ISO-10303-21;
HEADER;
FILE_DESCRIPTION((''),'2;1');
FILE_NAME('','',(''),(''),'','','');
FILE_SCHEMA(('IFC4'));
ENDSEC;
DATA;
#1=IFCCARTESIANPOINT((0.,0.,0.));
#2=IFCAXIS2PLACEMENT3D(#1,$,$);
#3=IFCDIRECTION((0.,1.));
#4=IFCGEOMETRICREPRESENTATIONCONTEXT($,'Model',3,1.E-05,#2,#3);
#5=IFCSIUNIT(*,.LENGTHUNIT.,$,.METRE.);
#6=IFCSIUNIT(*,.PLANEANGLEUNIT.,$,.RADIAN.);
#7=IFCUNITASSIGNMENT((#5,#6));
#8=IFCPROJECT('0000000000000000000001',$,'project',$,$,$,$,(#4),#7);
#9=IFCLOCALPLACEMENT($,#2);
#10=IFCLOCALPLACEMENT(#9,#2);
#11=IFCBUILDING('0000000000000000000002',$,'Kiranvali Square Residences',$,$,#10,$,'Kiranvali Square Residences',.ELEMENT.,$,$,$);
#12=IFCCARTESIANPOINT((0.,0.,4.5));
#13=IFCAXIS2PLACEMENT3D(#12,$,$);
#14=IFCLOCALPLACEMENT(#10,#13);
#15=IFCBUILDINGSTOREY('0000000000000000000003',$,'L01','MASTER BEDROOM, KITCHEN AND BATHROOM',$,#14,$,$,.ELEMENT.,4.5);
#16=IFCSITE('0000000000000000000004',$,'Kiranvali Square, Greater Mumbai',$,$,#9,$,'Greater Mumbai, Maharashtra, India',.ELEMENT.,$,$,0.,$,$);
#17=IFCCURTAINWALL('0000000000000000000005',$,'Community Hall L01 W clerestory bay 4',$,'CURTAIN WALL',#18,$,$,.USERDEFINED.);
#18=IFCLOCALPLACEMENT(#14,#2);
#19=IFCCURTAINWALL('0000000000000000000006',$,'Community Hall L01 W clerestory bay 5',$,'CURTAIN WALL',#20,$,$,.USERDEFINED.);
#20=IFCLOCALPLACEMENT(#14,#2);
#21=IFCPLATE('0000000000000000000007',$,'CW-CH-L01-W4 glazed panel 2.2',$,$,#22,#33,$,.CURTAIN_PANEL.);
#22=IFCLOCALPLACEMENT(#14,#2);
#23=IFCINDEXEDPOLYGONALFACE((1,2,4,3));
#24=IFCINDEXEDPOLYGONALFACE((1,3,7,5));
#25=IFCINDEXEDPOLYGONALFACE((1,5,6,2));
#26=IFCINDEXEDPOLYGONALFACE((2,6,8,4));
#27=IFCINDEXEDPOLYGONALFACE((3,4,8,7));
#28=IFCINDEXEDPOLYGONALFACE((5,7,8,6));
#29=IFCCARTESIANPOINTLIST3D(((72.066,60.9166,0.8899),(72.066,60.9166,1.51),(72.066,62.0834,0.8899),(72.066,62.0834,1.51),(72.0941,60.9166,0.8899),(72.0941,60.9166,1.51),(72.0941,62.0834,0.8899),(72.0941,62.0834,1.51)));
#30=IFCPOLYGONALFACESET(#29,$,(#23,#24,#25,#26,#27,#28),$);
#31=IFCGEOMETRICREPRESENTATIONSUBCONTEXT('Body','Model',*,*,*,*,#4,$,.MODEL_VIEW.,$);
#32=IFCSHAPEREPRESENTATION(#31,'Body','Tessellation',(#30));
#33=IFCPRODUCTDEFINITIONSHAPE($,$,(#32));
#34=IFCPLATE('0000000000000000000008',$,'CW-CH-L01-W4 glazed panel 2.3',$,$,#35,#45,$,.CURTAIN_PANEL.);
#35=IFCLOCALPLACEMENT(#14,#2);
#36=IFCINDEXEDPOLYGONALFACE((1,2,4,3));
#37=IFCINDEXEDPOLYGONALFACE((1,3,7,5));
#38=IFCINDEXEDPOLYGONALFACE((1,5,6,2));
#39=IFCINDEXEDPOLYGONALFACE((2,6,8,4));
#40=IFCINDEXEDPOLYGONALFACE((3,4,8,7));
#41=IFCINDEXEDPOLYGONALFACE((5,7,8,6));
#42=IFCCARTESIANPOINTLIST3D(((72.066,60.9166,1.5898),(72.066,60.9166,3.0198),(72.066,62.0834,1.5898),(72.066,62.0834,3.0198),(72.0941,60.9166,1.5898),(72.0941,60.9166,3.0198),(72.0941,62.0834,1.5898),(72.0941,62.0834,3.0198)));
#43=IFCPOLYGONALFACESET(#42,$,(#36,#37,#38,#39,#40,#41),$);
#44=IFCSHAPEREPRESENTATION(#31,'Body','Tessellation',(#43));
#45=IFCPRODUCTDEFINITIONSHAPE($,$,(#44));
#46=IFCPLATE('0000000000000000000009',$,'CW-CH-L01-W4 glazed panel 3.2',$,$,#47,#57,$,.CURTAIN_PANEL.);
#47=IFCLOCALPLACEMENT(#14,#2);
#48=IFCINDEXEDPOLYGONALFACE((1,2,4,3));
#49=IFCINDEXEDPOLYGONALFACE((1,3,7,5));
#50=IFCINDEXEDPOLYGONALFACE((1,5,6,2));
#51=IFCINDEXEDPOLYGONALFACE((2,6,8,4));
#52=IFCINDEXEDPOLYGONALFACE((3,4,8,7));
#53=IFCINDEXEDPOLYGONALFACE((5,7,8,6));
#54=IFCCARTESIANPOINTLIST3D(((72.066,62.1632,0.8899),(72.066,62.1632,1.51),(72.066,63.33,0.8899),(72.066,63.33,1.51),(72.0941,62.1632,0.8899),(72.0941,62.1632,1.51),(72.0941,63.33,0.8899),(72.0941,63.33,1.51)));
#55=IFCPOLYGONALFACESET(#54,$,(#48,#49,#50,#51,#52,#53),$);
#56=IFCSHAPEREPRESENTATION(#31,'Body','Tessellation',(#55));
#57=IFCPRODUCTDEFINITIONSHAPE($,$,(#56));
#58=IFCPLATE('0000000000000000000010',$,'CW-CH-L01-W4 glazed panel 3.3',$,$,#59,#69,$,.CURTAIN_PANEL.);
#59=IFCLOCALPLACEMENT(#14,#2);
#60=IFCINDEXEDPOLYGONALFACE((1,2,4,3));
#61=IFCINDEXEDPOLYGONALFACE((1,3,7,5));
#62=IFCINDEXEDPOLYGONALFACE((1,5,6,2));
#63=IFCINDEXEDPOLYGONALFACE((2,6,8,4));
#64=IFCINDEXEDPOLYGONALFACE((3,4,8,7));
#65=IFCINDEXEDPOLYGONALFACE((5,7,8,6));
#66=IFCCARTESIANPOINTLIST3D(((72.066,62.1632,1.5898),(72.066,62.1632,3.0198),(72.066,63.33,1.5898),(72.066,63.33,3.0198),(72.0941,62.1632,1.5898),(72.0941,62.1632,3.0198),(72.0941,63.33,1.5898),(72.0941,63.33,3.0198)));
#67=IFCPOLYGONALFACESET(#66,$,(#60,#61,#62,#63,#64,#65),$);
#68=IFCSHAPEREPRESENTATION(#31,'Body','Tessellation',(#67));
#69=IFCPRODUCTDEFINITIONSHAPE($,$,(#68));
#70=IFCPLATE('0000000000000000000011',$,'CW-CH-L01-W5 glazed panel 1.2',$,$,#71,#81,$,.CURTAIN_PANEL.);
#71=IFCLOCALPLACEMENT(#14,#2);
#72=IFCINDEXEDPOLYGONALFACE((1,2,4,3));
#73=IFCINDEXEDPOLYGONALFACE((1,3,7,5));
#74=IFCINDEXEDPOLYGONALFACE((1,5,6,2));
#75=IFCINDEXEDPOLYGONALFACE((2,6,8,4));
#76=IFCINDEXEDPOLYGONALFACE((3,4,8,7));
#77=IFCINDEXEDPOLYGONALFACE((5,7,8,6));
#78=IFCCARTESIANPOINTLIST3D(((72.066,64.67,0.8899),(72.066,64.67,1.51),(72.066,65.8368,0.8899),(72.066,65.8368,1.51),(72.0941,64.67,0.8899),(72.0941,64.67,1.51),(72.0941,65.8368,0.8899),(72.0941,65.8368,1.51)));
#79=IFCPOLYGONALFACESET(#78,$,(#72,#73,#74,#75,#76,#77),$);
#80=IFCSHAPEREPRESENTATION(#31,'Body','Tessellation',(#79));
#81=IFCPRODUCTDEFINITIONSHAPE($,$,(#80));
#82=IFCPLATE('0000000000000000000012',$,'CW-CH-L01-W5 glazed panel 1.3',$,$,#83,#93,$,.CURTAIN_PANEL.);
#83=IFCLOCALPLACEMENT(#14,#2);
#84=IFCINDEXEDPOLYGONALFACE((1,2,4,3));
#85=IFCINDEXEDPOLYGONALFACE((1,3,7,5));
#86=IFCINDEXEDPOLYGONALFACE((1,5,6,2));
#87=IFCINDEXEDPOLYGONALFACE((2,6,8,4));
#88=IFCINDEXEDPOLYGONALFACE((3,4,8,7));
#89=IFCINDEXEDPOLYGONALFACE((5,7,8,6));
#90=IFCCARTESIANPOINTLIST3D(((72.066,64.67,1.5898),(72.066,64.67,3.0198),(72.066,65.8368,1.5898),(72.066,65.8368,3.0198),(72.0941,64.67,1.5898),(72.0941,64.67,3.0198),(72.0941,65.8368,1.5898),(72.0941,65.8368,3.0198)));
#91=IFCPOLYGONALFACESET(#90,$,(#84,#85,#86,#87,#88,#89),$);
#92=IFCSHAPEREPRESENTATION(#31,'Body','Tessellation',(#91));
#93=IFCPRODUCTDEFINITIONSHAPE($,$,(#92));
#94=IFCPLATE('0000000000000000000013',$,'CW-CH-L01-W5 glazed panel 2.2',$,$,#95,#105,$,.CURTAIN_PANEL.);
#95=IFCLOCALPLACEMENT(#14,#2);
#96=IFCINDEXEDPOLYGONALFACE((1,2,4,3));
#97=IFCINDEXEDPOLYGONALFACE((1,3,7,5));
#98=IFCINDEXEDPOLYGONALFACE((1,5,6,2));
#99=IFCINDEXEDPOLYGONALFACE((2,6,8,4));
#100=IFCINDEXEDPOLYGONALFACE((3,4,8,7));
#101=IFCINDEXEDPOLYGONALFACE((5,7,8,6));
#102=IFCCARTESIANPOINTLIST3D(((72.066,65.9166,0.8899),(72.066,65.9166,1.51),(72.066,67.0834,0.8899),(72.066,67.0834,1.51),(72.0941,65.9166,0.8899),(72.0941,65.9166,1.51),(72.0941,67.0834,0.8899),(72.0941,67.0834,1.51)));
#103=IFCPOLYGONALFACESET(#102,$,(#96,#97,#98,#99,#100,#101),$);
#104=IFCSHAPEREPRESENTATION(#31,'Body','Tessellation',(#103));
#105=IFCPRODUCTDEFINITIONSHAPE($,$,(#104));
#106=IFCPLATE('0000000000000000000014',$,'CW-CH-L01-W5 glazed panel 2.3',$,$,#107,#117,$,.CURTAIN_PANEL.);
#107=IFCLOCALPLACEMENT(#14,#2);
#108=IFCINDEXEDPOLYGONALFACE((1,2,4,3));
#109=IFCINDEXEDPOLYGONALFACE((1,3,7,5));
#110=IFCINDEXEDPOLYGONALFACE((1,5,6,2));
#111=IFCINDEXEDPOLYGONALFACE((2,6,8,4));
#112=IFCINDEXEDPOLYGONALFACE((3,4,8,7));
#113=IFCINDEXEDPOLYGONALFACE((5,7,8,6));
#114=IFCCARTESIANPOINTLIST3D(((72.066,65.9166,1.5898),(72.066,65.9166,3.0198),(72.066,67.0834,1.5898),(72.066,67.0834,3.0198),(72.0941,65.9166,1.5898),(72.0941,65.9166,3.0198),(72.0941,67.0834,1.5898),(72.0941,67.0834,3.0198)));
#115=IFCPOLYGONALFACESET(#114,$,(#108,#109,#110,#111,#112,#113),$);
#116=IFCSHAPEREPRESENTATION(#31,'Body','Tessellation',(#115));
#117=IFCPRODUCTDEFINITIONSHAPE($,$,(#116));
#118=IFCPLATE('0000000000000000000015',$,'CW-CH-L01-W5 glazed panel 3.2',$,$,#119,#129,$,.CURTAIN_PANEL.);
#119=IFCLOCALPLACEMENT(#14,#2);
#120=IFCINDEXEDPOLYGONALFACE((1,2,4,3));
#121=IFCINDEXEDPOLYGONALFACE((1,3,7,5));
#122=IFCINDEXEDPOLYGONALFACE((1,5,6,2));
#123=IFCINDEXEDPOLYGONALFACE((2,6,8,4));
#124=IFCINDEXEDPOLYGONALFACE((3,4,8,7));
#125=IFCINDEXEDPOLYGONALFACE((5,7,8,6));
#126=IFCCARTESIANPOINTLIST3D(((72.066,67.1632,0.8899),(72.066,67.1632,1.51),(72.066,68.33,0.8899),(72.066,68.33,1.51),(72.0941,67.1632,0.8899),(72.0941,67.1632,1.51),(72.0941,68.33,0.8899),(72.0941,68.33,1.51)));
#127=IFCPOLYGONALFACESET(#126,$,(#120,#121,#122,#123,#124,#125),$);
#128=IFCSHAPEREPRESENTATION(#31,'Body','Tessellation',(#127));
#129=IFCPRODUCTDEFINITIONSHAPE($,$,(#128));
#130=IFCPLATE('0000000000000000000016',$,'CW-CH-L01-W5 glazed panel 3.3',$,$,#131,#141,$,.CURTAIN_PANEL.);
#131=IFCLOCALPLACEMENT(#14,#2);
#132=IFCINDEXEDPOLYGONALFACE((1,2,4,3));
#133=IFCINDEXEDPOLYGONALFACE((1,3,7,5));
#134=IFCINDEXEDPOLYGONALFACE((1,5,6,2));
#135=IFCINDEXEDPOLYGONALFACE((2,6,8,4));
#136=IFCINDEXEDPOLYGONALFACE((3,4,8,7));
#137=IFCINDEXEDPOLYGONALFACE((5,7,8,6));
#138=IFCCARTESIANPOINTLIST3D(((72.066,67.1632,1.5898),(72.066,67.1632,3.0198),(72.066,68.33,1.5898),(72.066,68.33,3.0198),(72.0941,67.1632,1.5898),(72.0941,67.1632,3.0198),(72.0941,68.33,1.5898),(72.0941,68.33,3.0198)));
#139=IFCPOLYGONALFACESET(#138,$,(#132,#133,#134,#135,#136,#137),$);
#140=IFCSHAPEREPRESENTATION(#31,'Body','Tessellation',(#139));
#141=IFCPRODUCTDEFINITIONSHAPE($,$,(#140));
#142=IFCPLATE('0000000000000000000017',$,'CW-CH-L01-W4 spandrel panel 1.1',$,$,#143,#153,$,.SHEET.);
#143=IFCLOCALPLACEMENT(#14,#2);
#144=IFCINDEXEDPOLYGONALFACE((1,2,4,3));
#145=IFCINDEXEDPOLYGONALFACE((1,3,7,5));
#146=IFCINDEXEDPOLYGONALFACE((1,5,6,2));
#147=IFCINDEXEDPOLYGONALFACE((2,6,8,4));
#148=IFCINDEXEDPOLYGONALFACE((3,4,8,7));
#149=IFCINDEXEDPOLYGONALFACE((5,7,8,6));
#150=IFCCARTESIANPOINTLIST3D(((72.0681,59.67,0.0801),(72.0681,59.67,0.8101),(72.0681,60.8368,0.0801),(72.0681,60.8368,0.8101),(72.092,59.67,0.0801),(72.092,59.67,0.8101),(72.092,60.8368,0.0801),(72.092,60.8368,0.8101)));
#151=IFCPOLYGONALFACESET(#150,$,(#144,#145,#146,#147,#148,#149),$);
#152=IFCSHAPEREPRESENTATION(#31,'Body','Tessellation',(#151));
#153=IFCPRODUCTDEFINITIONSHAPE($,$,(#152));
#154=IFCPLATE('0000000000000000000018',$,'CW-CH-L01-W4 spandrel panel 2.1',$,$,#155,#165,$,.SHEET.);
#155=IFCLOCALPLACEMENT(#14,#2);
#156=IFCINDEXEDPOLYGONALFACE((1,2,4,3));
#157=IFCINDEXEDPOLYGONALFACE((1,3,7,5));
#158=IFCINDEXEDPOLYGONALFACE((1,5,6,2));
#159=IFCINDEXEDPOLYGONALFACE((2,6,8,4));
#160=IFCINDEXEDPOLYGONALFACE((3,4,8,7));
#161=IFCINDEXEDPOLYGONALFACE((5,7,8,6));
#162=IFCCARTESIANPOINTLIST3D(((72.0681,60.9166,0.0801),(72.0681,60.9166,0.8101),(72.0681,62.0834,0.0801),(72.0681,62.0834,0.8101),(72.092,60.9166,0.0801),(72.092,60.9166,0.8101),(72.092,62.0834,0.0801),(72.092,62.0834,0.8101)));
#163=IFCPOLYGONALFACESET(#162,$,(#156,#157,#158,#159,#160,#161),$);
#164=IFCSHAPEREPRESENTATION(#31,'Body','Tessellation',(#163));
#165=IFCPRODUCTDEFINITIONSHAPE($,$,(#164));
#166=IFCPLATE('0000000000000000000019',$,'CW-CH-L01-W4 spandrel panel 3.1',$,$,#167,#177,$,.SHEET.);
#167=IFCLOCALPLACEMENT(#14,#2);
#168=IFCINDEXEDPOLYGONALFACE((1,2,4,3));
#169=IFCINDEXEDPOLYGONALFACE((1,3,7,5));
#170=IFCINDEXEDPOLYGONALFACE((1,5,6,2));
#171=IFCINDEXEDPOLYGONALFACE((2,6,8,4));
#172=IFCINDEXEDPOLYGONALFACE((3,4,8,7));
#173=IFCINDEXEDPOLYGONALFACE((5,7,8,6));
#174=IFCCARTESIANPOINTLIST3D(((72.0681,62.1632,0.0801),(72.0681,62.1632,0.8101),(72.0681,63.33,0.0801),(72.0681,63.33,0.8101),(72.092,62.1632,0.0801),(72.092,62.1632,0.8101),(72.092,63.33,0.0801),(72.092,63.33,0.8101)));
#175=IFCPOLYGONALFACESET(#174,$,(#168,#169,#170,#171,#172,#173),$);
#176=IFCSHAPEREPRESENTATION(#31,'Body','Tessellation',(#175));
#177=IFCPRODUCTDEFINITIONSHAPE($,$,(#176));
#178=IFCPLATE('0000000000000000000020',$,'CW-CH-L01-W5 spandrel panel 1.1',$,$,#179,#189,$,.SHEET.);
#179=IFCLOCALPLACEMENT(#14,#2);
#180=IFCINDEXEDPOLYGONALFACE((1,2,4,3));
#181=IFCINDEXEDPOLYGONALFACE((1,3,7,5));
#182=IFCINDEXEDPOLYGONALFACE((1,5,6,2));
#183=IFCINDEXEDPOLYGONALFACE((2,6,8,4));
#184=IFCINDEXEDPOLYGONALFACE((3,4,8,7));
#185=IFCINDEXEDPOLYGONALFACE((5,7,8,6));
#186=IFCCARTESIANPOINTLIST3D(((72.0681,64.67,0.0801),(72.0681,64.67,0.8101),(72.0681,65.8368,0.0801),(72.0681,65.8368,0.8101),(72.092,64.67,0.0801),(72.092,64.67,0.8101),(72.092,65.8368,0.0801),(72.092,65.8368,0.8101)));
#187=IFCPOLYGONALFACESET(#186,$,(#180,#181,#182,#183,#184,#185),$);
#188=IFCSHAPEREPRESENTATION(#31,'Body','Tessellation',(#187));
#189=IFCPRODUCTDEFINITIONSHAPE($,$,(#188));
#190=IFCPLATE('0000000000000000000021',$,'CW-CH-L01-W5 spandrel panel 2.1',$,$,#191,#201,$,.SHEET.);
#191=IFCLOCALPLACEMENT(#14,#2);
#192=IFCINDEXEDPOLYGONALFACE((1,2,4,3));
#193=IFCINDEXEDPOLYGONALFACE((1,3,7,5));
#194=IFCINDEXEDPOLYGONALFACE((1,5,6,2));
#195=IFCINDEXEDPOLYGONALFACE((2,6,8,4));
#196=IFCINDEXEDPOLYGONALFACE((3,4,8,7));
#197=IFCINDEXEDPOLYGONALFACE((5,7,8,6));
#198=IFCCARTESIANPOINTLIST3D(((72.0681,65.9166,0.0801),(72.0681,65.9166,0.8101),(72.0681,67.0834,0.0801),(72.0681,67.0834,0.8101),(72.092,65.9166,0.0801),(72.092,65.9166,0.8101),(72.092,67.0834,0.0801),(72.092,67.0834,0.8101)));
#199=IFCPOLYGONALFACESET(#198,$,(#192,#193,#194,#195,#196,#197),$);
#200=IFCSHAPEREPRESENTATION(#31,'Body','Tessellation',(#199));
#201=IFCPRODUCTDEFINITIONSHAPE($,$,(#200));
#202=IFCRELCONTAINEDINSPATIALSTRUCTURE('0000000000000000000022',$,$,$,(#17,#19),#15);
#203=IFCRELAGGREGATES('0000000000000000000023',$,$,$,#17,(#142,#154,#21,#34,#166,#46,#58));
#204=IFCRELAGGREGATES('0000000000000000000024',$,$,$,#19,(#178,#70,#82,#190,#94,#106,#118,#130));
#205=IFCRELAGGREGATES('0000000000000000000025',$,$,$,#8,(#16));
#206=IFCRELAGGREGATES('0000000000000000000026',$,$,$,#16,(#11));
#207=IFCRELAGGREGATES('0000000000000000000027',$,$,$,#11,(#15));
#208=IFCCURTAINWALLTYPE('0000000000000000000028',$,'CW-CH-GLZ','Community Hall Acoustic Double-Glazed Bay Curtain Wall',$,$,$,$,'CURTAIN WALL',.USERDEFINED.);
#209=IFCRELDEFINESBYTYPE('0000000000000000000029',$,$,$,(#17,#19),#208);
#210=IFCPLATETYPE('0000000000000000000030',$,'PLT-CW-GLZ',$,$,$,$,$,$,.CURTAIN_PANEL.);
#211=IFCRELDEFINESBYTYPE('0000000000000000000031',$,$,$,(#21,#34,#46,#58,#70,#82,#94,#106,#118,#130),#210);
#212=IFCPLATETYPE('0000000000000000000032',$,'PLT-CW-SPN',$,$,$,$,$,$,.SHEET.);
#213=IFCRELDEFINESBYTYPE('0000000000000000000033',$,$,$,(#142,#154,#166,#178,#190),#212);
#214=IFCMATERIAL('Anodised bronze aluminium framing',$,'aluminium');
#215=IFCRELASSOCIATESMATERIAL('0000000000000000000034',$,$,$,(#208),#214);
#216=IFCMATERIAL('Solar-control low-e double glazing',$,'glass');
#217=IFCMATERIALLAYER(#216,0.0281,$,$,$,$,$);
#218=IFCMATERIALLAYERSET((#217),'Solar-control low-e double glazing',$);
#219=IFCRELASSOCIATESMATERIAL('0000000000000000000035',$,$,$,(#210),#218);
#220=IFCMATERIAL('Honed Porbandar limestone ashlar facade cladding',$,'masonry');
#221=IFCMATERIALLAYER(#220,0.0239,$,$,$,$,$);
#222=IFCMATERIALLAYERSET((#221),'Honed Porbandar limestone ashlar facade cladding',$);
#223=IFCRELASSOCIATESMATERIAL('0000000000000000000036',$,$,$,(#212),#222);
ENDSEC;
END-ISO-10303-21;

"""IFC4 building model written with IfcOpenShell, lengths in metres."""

from ifc_helpers import new_model, si_unit, direction, frame, origin, origin_2d, place, context, subcontext, project, spatial, rectangle, extrude, material, layer, layer_set, type_object, element, aggregate, save


model = new_model("IFC4")

# Units and contexts
model_context = context("Model", 3, precision=1e-05, world=origin(), true_north=direction((0.0, 1.0)))
body_context = subcontext(model_context, "Body", "Model", "MODEL_VIEW")
ifc_project = project(units=[si_unit("LENGTHUNIT", "METRE"), si_unit("PLANEANGLEUNIT", "RADIAN")], contexts=[model_context])

# Site, building, storey
site_placement = place(None, origin())
site = spatial("IfcSite", under=ifc_project, at=site_placement, Name="Kiranvali Square, Greater Mumbai", LongName="Greater Mumbai, Maharashtra, India", CompositionType="ELEMENT", RefElevation=0.0)
building_placement = place(site_placement, origin())
building = spatial("IfcBuilding", under=site, at=building_placement, Name="Kiranvali Square Residences", LongName="Kiranvali Square Residences", CompositionType="ELEMENT")
storey_placement = place(building_placement, frame((0.0, 0.0, 4.5)))
storey = spatial("IfcBuildingStorey", under=building, at=storey_placement, Name="L01", Description="MASTER BEDROOM, KITCHEN AND BATHROOM", CompositionType="ELEMENT", Elevation=4.5)

# Curtain walls
ifc_material_1 = material(Name="Anodised bronze aluminium framing", Category="aluminium")
curtain_wall_type = type_object("IfcCurtainWallType", Name="CW-CH-GLZ", Description="Community Hall Acoustic Double-Glazed Bay Curtain Wall", ElementType="CURTAIN WALL", PredefinedType="USERDEFINED", material=ifc_material_1)
curtain_wall_1_placement = place(storey_placement, origin())
curtain_wall_1 = element("IfcCurtainWall", 1, at=curtain_wall_1_placement, inside=storey, type_object=curtain_wall_type, Name="Community Hall L01 W clerestory bay 4", ObjectType="CURTAIN WALL", PredefinedType="USERDEFINED")
curtain_wall_2_placement = place(storey_placement, origin())
curtain_wall_2 = element("IfcCurtainWall", 2, at=curtain_wall_2_placement, inside=storey, type_object=curtain_wall_type, Name="Community Hall L01 W clerestory bay 5", ObjectType="CURTAIN WALL", PredefinedType="USERDEFINED")

# Plates
ifc_material_2 = material(Name="Solar-control low-e double glazing", Category="glass")
ifc_layer_1 = layer(ifc_material_2, 0.0281)
ifc_layer_set_1 = layer_set([ifc_layer_1], Name="Solar-control low-e double glazing")
plate_type_1 = type_object("IfcPlateType", Name="PLT-CW-GLZ", PredefinedType="CURTAIN_PANEL", material=ifc_layer_set_1)
plate_1_placement = place(storey_placement, frame((72.0801, 61.5, 0.8899), z_axis=(0.0, 0.0, 1.0), x_axis=(0.0, 1.0, 0.0)))
plate_1 = element("IfcPlate", 3, at=plate_1_placement, type_object=plate_type_1, Name="CW-CH-L01-W4 glazed panel 2.2", PredefinedType="CURTAIN_PANEL", context=body_context, shape_type="SweptSolid", body=[
    extrude(rectangle(XDim=1.1667, YDim=0.0281, at=origin_2d()), origin(), (0.0, 0.0, 1.0), 0.6201),
])
plate_2_placement = place(storey_placement, frame((72.0801, 61.5, 1.5898), z_axis=(0.0, 0.0, 1.0), x_axis=(0.0, 1.0, 0.0)))
plate_2 = element("IfcPlate", 4, at=plate_2_placement, type_object=plate_type_1, Name="CW-CH-L01-W4 glazed panel 2.3", PredefinedType="CURTAIN_PANEL", context=body_context, shape_type="SweptSolid", body=[
    extrude(rectangle(XDim=1.1667, YDim=0.0281, at=origin_2d()), origin(), (0.0, 0.0, 1.0), 1.4299),
])
plate_3_placement = place(storey_placement, frame((72.0801, 62.7466, 0.8899), z_axis=(0.0, 0.0, 1.0), x_axis=(0.0, 1.0, 0.0)))
plate_3 = element("IfcPlate", 5, at=plate_3_placement, type_object=plate_type_1, Name="CW-CH-L01-W4 glazed panel 3.2", PredefinedType="CURTAIN_PANEL", context=body_context, shape_type="SweptSolid", body=[
    extrude(rectangle(XDim=1.1667, YDim=0.0281, at=origin_2d()), origin(), (0.0, 0.0, 1.0), 0.6201),
])
plate_4_placement = place(storey_placement, frame((72.0801, 62.7466, 1.5898), z_axis=(0.0, 0.0, 1.0), x_axis=(0.0, 1.0, 0.0)))
plate_4 = element("IfcPlate", 6, at=plate_4_placement, type_object=plate_type_1, Name="CW-CH-L01-W4 glazed panel 3.3", PredefinedType="CURTAIN_PANEL", context=body_context, shape_type="SweptSolid", body=[
    extrude(rectangle(XDim=1.1667, YDim=0.0281, at=origin_2d()), origin(), (0.0, 0.0, 1.0), 1.4299),
])
plate_5_placement = place(storey_placement, frame((72.0801, 65.2534, 0.8899), z_axis=(0.0, 0.0, 1.0), x_axis=(0.0, 1.0, 0.0)))
plate_5 = element("IfcPlate", 7, at=plate_5_placement, type_object=plate_type_1, Name="CW-CH-L01-W5 glazed panel 1.2", PredefinedType="CURTAIN_PANEL", context=body_context, shape_type="SweptSolid", body=[
    extrude(rectangle(XDim=1.1667, YDim=0.0281, at=origin_2d()), origin(), (0.0, 0.0, 1.0), 0.6201),
])
plate_6_placement = place(storey_placement, frame((72.0801, 65.2534, 1.5898), z_axis=(0.0, 0.0, 1.0), x_axis=(0.0, 1.0, 0.0)))
plate_6 = element("IfcPlate", 8, at=plate_6_placement, type_object=plate_type_1, Name="CW-CH-L01-W5 glazed panel 1.3", PredefinedType="CURTAIN_PANEL", context=body_context, shape_type="SweptSolid", body=[
    extrude(rectangle(XDim=1.1667, YDim=0.0281, at=origin_2d()), origin(), (0.0, 0.0, 1.0), 1.4299),
])
plate_7_placement = place(storey_placement, frame((72.0801, 66.5, 0.8899), z_axis=(0.0, 0.0, 1.0), x_axis=(0.0, 1.0, 0.0)))
plate_7 = element("IfcPlate", 9, at=plate_7_placement, type_object=plate_type_1, Name="CW-CH-L01-W5 glazed panel 2.2", PredefinedType="CURTAIN_PANEL", context=body_context, shape_type="SweptSolid", body=[
    extrude(rectangle(XDim=1.1667, YDim=0.0281, at=origin_2d()), origin(), (0.0, 0.0, 1.0), 0.6201),
])
plate_8_placement = place(storey_placement, frame((72.0801, 66.5, 1.5898), z_axis=(0.0, 0.0, 1.0), x_axis=(0.0, 1.0, 0.0)))
plate_8 = element("IfcPlate", 10, at=plate_8_placement, type_object=plate_type_1, Name="CW-CH-L01-W5 glazed panel 2.3", PredefinedType="CURTAIN_PANEL", context=body_context, shape_type="SweptSolid", body=[
    extrude(rectangle(XDim=1.1667, YDim=0.0281, at=origin_2d()), origin(), (0.0, 0.0, 1.0), 1.4299),
])
plate_9_placement = place(storey_placement, frame((72.0801, 67.7466, 0.8899), z_axis=(0.0, 0.0, 1.0), x_axis=(0.0, 1.0, 0.0)))
plate_9 = element("IfcPlate", 11, at=plate_9_placement, type_object=plate_type_1, Name="CW-CH-L01-W5 glazed panel 3.2", PredefinedType="CURTAIN_PANEL", context=body_context, shape_type="SweptSolid", body=[
    extrude(rectangle(XDim=1.1667, YDim=0.0281, at=origin_2d()), origin(), (0.0, 0.0, 1.0), 0.6201),
])
plate_10_placement = place(storey_placement, frame((72.0801, 67.7466, 1.5898), z_axis=(0.0, 0.0, 1.0), x_axis=(0.0, 1.0, 0.0)))
plate_10 = element("IfcPlate", 12, at=plate_10_placement, type_object=plate_type_1, Name="CW-CH-L01-W5 glazed panel 3.3", PredefinedType="CURTAIN_PANEL", context=body_context, shape_type="SweptSolid", body=[
    extrude(rectangle(XDim=1.1667, YDim=0.0281, at=origin_2d()), origin(), (0.0, 0.0, 1.0), 1.4299),
])
ifc_material_3 = material(Name="Honed Porbandar limestone ashlar facade cladding", Category="masonry")
ifc_layer_2 = layer(ifc_material_3, 0.0239)
ifc_layer_set_2 = layer_set([ifc_layer_2], Name="Honed Porbandar limestone ashlar facade cladding")
plate_type_2 = type_object("IfcPlateType", Name="PLT-CW-SPN", PredefinedType="SHEET", material=ifc_layer_set_2)
plate_11_placement = place(storey_placement, frame((72.0801, 60.2534, 0.0801), z_axis=(0.0, 0.0, 1.0), x_axis=(0.0, 1.0, 0.0)))
plate_11 = element("IfcPlate", 13, at=plate_11_placement, type_object=plate_type_2, Name="CW-CH-L01-W4 spandrel panel 1.1", PredefinedType="SHEET", context=body_context, shape_type="SweptSolid", body=[
    extrude(rectangle(XDim=1.1667, YDim=0.0239, at=origin_2d()), origin(), (0.0, 0.0, 1.0), 0.73),
])
plate_12_placement = place(storey_placement, frame((72.0801, 61.5, 0.0801), z_axis=(0.0, 0.0, 1.0), x_axis=(0.0, 1.0, 0.0)))
plate_12 = element("IfcPlate", 14, at=plate_12_placement, type_object=plate_type_2, Name="CW-CH-L01-W4 spandrel panel 2.1", PredefinedType="SHEET", context=body_context, shape_type="SweptSolid", body=[
    extrude(rectangle(XDim=1.1667, YDim=0.0239, at=origin_2d()), origin(), (0.0, 0.0, 1.0), 0.73),
])
plate_13_placement = place(storey_placement, frame((72.0801, 62.7466, 0.0801), z_axis=(0.0, 0.0, 1.0), x_axis=(0.0, 1.0, 0.0)))
plate_13 = element("IfcPlate", 15, at=plate_13_placement, type_object=plate_type_2, Name="CW-CH-L01-W4 spandrel panel 3.1", PredefinedType="SHEET", context=body_context, shape_type="SweptSolid", body=[
    extrude(rectangle(XDim=1.1667, YDim=0.0239, at=origin_2d()), origin(), (0.0, 0.0, 1.0), 0.73),
])
aggregate(curtain_wall_1, [plate_11, plate_12, plate_1, plate_2, plate_13, plate_3, plate_4])
plate_14_placement = place(storey_placement, frame((72.0801, 65.2534, 0.0801), z_axis=(0.0, 0.0, 1.0), x_axis=(0.0, 1.0, 0.0)))
plate_14 = element("IfcPlate", 16, at=plate_14_placement, type_object=plate_type_2, Name="CW-CH-L01-W5 spandrel panel 1.1", PredefinedType="SHEET", context=body_context, shape_type="SweptSolid", body=[
    extrude(rectangle(XDim=1.1667, YDim=0.0239, at=origin_2d()), origin(), (0.0, 0.0, 1.0), 0.73),
])
plate_15_placement = place(storey_placement, frame((72.0801, 66.5, 0.0801), z_axis=(0.0, 0.0, 1.0), x_axis=(0.0, 1.0, 0.0)))
plate_15 = element("IfcPlate", 17, at=plate_15_placement, type_object=plate_type_2, Name="CW-CH-L01-W5 spandrel panel 2.1", PredefinedType="SHEET", context=body_context, shape_type="SweptSolid", body=[
    extrude(rectangle(XDim=1.1667, YDim=0.0239, at=origin_2d()), origin(), (0.0, 0.0, 1.0), 0.73),
])
aggregate(curtain_wall_2, [plate_14, plate_5, plate_6, plate_15, plate_7, plate_8, plate_9, plate_10])

save(model, "model.ifc")
